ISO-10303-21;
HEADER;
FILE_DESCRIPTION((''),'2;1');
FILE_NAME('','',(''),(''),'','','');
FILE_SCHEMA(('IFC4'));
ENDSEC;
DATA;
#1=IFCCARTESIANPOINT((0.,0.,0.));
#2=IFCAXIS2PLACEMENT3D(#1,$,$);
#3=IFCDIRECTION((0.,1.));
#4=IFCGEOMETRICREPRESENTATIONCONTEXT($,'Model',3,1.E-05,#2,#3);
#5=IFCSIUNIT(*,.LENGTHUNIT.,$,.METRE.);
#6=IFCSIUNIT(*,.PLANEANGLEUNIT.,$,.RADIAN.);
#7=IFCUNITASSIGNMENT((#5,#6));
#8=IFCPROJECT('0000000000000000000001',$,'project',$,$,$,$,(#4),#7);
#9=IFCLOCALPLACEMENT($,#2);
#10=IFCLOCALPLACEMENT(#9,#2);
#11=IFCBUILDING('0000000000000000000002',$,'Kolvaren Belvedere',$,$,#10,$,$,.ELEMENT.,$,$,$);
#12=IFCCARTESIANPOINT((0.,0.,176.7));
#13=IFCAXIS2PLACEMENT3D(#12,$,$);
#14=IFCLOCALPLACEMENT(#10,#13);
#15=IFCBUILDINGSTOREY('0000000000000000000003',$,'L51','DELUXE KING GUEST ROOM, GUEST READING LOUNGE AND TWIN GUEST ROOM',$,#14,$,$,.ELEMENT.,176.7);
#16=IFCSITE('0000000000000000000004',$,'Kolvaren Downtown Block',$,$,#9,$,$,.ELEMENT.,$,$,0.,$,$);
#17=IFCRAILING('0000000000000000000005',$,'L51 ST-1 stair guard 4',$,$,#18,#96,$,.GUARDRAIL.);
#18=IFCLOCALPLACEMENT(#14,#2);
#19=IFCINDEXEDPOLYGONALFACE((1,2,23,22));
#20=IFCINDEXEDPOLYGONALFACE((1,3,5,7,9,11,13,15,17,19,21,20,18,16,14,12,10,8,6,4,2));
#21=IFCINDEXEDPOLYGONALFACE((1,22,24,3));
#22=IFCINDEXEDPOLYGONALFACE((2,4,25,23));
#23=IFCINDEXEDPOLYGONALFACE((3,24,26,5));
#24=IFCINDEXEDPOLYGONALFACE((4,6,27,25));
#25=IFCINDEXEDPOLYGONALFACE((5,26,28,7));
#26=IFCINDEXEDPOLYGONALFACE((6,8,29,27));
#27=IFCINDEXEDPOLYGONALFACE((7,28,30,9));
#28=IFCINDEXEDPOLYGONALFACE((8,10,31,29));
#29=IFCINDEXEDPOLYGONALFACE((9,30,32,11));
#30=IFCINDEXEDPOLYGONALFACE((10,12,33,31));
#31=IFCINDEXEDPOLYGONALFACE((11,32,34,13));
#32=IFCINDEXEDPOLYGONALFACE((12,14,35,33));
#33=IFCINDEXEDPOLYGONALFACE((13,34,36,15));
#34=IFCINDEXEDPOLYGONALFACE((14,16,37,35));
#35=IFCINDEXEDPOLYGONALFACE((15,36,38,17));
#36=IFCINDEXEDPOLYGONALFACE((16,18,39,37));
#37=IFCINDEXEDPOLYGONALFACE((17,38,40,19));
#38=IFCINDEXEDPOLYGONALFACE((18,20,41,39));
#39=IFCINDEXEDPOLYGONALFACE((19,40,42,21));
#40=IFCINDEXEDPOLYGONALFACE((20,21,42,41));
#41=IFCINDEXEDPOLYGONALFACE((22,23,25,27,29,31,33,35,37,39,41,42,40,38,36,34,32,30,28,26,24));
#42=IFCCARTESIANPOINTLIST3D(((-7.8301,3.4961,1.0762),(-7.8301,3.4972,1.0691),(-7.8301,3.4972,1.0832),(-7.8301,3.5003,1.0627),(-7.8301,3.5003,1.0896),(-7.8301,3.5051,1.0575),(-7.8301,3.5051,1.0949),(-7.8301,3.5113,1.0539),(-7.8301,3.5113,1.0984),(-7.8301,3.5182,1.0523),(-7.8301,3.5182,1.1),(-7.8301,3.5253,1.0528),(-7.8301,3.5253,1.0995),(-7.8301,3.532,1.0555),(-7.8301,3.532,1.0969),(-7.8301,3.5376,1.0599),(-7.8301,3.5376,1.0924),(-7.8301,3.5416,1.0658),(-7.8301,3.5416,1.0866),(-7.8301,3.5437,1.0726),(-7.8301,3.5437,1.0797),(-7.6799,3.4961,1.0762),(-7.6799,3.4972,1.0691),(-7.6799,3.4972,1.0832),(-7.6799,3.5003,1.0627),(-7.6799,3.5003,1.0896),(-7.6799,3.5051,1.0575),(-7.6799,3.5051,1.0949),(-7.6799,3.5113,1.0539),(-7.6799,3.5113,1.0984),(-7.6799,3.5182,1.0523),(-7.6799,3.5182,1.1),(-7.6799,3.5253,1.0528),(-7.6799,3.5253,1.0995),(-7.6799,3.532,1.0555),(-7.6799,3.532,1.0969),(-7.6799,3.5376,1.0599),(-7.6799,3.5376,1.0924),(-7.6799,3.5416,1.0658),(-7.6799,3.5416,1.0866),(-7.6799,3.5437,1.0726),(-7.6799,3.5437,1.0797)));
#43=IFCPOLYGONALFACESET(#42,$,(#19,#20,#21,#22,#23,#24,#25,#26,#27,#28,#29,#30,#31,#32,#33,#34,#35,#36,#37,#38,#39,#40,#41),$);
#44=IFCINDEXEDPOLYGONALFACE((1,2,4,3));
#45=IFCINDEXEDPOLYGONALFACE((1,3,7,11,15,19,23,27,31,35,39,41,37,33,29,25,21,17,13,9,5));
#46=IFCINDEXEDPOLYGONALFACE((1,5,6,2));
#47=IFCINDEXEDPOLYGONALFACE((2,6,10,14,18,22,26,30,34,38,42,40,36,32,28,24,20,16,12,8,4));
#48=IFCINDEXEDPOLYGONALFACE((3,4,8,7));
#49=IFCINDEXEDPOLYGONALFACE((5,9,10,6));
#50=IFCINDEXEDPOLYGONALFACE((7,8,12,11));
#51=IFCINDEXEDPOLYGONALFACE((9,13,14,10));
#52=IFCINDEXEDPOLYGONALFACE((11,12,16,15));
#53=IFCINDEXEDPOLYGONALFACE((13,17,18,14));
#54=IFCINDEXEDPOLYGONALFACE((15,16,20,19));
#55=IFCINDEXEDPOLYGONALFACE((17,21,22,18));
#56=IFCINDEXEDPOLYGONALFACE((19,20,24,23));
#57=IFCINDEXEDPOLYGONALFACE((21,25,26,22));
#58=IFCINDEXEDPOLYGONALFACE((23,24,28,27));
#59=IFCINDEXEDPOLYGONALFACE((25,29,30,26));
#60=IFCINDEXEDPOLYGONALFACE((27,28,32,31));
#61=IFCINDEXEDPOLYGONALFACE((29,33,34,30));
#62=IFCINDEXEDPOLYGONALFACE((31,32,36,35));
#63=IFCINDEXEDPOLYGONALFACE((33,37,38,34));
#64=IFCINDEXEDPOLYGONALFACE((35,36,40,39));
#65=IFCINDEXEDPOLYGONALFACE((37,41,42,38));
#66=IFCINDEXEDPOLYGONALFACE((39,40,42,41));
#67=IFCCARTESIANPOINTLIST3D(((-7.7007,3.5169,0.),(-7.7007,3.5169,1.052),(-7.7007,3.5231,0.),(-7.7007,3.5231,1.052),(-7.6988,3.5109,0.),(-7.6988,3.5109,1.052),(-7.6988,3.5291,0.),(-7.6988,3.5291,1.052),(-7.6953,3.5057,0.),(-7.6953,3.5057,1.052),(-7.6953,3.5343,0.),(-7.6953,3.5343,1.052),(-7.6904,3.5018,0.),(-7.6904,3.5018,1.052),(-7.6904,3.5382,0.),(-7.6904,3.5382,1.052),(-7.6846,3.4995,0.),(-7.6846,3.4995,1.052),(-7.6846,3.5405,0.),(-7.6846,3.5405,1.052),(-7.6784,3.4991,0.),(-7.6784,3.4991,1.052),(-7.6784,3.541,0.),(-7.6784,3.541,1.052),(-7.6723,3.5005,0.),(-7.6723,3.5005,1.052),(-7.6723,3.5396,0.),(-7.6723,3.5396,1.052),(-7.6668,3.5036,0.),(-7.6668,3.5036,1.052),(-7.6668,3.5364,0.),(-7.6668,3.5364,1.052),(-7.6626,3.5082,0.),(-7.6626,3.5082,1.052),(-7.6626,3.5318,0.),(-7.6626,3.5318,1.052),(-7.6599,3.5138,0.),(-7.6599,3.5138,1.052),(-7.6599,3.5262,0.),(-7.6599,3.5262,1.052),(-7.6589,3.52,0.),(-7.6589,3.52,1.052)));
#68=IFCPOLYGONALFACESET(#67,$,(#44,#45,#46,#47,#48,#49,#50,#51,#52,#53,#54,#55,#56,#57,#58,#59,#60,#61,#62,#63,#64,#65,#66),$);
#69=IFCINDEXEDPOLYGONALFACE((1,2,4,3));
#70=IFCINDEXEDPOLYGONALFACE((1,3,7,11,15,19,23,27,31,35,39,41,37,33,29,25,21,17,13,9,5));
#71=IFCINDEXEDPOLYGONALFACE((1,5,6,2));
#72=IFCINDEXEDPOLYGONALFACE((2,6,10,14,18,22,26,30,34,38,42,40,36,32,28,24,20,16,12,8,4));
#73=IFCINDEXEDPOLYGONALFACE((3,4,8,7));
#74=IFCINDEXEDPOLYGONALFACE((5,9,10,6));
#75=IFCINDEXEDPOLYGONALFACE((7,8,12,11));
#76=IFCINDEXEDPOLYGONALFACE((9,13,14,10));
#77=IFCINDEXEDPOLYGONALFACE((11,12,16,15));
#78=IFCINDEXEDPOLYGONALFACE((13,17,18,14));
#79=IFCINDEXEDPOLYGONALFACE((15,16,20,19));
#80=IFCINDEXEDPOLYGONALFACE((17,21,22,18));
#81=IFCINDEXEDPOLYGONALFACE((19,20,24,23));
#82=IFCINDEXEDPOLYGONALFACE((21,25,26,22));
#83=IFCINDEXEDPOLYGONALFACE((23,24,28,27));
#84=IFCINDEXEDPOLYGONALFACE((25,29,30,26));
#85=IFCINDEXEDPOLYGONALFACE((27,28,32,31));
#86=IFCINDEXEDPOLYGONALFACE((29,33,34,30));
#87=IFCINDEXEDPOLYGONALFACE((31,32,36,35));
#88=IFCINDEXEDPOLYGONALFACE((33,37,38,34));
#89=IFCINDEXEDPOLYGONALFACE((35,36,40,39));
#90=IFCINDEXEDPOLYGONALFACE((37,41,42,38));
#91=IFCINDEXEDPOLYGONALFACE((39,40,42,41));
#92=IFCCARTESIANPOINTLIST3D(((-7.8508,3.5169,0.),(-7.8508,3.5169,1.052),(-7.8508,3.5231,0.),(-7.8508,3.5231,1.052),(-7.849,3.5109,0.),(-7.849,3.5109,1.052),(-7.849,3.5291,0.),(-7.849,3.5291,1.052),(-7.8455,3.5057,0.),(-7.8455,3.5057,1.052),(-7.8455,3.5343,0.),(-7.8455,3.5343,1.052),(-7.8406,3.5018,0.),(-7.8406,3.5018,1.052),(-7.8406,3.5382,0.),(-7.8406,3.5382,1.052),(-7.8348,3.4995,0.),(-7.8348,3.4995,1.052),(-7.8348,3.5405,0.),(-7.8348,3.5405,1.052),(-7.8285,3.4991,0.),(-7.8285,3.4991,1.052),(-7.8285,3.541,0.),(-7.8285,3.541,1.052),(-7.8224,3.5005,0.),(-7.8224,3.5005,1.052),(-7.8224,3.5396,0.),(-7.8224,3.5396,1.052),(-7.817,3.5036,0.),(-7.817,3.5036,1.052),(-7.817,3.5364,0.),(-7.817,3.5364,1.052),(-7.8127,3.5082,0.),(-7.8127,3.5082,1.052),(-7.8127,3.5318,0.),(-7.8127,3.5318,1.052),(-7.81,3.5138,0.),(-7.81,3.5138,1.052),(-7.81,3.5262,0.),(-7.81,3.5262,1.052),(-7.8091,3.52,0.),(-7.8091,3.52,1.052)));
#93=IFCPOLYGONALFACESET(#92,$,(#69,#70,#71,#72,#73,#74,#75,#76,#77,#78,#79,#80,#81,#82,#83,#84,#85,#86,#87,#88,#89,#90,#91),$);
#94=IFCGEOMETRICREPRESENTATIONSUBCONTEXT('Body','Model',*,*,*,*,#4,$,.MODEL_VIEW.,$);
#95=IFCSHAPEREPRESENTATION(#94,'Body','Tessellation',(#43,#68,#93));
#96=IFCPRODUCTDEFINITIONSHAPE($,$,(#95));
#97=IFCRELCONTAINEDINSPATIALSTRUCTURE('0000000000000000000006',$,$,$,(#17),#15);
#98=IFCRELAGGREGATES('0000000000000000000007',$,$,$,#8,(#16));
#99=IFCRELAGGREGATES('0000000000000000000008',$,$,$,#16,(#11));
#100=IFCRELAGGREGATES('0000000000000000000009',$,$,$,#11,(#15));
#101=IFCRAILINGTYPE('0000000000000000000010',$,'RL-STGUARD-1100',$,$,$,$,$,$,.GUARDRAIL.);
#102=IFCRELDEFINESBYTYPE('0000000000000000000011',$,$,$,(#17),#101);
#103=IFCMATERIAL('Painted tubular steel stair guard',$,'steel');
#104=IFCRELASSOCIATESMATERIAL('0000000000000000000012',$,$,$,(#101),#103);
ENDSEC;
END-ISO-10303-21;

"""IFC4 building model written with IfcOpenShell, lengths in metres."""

from ifc_helpers import new_model, si_unit, direction, frame, origin, origin_2d, place, context, subcontext, project, spatial, circle, extrude, material, type_object, element, save


model = new_model("IFC4")

# Units and contexts
model_context = context("Model", 3, precision=1e-05, world=origin(), true_north=direction((0.0, 1.0)))
body_context = subcontext(model_context, "Body", "Model", "MODEL_VIEW")
ifc_project = project(units=[si_unit("LENGTHUNIT", "METRE"), si_unit("PLANEANGLEUNIT", "RADIAN")], contexts=[model_context])

# Site, building, storey
site_placement = place(None, origin())
site = spatial("IfcSite", under=ifc_project, at=site_placement, Name="Kolvaren Downtown Block", CompositionType="ELEMENT", RefElevation=0.0)
building_placement = place(site_placement, origin())
building = spatial("IfcBuilding", under=site, at=building_placement, Name="Kolvaren Belvedere", CompositionType="ELEMENT")
storey_placement = place(building_placement, frame((0.0, 0.0, 176.7)))
storey = spatial("IfcBuildingStorey", under=building, at=storey_placement, Name="L51", Description="DELUXE KING GUEST ROOM, GUEST READING LOUNGE AND TWIN GUEST ROOM", CompositionType="ELEMENT", Elevation=176.7)

# Railing
ifc_material_1 = material(Name="Painted tubular steel stair guard", Category="steel")
railing_type_1 = type_object("IfcRailingType", Name="RL-STGUARD-1100", PredefinedType="GUARDRAIL", material=ifc_material_1)
railing_1_placement = place(storey_placement, frame((-7.6799, 3.52, 0.0)))
element("IfcRailing", 1, at=railing_1_placement, inside=storey, type_object=railing_type_1, Name="L51 ST-1 stair guard 4", PredefinedType="GUARDRAIL", context=body_context, shape_type="SweptSolid", body=[
    extrude(circle(Radius=0.0239, at=origin_2d()), frame((0.0, 0.0, 1.0762), z_axis=(-1.0, 0.0, 0.0), x_axis=(0.0, -1.0, 0.0)), (0.0, 0.0, 1.0), 0.1501),
    extrude(circle(Radius=0.021, at=origin_2d()), origin(), (0.0, 0.0, 1.0), 1.052),
    extrude(circle(Radius=0.021, at=origin_2d()), frame((-0.1501, 0.0, 0.0)), (0.0, 0.0, 1.0), 1.052),
])

save(model, "model.ifc")
